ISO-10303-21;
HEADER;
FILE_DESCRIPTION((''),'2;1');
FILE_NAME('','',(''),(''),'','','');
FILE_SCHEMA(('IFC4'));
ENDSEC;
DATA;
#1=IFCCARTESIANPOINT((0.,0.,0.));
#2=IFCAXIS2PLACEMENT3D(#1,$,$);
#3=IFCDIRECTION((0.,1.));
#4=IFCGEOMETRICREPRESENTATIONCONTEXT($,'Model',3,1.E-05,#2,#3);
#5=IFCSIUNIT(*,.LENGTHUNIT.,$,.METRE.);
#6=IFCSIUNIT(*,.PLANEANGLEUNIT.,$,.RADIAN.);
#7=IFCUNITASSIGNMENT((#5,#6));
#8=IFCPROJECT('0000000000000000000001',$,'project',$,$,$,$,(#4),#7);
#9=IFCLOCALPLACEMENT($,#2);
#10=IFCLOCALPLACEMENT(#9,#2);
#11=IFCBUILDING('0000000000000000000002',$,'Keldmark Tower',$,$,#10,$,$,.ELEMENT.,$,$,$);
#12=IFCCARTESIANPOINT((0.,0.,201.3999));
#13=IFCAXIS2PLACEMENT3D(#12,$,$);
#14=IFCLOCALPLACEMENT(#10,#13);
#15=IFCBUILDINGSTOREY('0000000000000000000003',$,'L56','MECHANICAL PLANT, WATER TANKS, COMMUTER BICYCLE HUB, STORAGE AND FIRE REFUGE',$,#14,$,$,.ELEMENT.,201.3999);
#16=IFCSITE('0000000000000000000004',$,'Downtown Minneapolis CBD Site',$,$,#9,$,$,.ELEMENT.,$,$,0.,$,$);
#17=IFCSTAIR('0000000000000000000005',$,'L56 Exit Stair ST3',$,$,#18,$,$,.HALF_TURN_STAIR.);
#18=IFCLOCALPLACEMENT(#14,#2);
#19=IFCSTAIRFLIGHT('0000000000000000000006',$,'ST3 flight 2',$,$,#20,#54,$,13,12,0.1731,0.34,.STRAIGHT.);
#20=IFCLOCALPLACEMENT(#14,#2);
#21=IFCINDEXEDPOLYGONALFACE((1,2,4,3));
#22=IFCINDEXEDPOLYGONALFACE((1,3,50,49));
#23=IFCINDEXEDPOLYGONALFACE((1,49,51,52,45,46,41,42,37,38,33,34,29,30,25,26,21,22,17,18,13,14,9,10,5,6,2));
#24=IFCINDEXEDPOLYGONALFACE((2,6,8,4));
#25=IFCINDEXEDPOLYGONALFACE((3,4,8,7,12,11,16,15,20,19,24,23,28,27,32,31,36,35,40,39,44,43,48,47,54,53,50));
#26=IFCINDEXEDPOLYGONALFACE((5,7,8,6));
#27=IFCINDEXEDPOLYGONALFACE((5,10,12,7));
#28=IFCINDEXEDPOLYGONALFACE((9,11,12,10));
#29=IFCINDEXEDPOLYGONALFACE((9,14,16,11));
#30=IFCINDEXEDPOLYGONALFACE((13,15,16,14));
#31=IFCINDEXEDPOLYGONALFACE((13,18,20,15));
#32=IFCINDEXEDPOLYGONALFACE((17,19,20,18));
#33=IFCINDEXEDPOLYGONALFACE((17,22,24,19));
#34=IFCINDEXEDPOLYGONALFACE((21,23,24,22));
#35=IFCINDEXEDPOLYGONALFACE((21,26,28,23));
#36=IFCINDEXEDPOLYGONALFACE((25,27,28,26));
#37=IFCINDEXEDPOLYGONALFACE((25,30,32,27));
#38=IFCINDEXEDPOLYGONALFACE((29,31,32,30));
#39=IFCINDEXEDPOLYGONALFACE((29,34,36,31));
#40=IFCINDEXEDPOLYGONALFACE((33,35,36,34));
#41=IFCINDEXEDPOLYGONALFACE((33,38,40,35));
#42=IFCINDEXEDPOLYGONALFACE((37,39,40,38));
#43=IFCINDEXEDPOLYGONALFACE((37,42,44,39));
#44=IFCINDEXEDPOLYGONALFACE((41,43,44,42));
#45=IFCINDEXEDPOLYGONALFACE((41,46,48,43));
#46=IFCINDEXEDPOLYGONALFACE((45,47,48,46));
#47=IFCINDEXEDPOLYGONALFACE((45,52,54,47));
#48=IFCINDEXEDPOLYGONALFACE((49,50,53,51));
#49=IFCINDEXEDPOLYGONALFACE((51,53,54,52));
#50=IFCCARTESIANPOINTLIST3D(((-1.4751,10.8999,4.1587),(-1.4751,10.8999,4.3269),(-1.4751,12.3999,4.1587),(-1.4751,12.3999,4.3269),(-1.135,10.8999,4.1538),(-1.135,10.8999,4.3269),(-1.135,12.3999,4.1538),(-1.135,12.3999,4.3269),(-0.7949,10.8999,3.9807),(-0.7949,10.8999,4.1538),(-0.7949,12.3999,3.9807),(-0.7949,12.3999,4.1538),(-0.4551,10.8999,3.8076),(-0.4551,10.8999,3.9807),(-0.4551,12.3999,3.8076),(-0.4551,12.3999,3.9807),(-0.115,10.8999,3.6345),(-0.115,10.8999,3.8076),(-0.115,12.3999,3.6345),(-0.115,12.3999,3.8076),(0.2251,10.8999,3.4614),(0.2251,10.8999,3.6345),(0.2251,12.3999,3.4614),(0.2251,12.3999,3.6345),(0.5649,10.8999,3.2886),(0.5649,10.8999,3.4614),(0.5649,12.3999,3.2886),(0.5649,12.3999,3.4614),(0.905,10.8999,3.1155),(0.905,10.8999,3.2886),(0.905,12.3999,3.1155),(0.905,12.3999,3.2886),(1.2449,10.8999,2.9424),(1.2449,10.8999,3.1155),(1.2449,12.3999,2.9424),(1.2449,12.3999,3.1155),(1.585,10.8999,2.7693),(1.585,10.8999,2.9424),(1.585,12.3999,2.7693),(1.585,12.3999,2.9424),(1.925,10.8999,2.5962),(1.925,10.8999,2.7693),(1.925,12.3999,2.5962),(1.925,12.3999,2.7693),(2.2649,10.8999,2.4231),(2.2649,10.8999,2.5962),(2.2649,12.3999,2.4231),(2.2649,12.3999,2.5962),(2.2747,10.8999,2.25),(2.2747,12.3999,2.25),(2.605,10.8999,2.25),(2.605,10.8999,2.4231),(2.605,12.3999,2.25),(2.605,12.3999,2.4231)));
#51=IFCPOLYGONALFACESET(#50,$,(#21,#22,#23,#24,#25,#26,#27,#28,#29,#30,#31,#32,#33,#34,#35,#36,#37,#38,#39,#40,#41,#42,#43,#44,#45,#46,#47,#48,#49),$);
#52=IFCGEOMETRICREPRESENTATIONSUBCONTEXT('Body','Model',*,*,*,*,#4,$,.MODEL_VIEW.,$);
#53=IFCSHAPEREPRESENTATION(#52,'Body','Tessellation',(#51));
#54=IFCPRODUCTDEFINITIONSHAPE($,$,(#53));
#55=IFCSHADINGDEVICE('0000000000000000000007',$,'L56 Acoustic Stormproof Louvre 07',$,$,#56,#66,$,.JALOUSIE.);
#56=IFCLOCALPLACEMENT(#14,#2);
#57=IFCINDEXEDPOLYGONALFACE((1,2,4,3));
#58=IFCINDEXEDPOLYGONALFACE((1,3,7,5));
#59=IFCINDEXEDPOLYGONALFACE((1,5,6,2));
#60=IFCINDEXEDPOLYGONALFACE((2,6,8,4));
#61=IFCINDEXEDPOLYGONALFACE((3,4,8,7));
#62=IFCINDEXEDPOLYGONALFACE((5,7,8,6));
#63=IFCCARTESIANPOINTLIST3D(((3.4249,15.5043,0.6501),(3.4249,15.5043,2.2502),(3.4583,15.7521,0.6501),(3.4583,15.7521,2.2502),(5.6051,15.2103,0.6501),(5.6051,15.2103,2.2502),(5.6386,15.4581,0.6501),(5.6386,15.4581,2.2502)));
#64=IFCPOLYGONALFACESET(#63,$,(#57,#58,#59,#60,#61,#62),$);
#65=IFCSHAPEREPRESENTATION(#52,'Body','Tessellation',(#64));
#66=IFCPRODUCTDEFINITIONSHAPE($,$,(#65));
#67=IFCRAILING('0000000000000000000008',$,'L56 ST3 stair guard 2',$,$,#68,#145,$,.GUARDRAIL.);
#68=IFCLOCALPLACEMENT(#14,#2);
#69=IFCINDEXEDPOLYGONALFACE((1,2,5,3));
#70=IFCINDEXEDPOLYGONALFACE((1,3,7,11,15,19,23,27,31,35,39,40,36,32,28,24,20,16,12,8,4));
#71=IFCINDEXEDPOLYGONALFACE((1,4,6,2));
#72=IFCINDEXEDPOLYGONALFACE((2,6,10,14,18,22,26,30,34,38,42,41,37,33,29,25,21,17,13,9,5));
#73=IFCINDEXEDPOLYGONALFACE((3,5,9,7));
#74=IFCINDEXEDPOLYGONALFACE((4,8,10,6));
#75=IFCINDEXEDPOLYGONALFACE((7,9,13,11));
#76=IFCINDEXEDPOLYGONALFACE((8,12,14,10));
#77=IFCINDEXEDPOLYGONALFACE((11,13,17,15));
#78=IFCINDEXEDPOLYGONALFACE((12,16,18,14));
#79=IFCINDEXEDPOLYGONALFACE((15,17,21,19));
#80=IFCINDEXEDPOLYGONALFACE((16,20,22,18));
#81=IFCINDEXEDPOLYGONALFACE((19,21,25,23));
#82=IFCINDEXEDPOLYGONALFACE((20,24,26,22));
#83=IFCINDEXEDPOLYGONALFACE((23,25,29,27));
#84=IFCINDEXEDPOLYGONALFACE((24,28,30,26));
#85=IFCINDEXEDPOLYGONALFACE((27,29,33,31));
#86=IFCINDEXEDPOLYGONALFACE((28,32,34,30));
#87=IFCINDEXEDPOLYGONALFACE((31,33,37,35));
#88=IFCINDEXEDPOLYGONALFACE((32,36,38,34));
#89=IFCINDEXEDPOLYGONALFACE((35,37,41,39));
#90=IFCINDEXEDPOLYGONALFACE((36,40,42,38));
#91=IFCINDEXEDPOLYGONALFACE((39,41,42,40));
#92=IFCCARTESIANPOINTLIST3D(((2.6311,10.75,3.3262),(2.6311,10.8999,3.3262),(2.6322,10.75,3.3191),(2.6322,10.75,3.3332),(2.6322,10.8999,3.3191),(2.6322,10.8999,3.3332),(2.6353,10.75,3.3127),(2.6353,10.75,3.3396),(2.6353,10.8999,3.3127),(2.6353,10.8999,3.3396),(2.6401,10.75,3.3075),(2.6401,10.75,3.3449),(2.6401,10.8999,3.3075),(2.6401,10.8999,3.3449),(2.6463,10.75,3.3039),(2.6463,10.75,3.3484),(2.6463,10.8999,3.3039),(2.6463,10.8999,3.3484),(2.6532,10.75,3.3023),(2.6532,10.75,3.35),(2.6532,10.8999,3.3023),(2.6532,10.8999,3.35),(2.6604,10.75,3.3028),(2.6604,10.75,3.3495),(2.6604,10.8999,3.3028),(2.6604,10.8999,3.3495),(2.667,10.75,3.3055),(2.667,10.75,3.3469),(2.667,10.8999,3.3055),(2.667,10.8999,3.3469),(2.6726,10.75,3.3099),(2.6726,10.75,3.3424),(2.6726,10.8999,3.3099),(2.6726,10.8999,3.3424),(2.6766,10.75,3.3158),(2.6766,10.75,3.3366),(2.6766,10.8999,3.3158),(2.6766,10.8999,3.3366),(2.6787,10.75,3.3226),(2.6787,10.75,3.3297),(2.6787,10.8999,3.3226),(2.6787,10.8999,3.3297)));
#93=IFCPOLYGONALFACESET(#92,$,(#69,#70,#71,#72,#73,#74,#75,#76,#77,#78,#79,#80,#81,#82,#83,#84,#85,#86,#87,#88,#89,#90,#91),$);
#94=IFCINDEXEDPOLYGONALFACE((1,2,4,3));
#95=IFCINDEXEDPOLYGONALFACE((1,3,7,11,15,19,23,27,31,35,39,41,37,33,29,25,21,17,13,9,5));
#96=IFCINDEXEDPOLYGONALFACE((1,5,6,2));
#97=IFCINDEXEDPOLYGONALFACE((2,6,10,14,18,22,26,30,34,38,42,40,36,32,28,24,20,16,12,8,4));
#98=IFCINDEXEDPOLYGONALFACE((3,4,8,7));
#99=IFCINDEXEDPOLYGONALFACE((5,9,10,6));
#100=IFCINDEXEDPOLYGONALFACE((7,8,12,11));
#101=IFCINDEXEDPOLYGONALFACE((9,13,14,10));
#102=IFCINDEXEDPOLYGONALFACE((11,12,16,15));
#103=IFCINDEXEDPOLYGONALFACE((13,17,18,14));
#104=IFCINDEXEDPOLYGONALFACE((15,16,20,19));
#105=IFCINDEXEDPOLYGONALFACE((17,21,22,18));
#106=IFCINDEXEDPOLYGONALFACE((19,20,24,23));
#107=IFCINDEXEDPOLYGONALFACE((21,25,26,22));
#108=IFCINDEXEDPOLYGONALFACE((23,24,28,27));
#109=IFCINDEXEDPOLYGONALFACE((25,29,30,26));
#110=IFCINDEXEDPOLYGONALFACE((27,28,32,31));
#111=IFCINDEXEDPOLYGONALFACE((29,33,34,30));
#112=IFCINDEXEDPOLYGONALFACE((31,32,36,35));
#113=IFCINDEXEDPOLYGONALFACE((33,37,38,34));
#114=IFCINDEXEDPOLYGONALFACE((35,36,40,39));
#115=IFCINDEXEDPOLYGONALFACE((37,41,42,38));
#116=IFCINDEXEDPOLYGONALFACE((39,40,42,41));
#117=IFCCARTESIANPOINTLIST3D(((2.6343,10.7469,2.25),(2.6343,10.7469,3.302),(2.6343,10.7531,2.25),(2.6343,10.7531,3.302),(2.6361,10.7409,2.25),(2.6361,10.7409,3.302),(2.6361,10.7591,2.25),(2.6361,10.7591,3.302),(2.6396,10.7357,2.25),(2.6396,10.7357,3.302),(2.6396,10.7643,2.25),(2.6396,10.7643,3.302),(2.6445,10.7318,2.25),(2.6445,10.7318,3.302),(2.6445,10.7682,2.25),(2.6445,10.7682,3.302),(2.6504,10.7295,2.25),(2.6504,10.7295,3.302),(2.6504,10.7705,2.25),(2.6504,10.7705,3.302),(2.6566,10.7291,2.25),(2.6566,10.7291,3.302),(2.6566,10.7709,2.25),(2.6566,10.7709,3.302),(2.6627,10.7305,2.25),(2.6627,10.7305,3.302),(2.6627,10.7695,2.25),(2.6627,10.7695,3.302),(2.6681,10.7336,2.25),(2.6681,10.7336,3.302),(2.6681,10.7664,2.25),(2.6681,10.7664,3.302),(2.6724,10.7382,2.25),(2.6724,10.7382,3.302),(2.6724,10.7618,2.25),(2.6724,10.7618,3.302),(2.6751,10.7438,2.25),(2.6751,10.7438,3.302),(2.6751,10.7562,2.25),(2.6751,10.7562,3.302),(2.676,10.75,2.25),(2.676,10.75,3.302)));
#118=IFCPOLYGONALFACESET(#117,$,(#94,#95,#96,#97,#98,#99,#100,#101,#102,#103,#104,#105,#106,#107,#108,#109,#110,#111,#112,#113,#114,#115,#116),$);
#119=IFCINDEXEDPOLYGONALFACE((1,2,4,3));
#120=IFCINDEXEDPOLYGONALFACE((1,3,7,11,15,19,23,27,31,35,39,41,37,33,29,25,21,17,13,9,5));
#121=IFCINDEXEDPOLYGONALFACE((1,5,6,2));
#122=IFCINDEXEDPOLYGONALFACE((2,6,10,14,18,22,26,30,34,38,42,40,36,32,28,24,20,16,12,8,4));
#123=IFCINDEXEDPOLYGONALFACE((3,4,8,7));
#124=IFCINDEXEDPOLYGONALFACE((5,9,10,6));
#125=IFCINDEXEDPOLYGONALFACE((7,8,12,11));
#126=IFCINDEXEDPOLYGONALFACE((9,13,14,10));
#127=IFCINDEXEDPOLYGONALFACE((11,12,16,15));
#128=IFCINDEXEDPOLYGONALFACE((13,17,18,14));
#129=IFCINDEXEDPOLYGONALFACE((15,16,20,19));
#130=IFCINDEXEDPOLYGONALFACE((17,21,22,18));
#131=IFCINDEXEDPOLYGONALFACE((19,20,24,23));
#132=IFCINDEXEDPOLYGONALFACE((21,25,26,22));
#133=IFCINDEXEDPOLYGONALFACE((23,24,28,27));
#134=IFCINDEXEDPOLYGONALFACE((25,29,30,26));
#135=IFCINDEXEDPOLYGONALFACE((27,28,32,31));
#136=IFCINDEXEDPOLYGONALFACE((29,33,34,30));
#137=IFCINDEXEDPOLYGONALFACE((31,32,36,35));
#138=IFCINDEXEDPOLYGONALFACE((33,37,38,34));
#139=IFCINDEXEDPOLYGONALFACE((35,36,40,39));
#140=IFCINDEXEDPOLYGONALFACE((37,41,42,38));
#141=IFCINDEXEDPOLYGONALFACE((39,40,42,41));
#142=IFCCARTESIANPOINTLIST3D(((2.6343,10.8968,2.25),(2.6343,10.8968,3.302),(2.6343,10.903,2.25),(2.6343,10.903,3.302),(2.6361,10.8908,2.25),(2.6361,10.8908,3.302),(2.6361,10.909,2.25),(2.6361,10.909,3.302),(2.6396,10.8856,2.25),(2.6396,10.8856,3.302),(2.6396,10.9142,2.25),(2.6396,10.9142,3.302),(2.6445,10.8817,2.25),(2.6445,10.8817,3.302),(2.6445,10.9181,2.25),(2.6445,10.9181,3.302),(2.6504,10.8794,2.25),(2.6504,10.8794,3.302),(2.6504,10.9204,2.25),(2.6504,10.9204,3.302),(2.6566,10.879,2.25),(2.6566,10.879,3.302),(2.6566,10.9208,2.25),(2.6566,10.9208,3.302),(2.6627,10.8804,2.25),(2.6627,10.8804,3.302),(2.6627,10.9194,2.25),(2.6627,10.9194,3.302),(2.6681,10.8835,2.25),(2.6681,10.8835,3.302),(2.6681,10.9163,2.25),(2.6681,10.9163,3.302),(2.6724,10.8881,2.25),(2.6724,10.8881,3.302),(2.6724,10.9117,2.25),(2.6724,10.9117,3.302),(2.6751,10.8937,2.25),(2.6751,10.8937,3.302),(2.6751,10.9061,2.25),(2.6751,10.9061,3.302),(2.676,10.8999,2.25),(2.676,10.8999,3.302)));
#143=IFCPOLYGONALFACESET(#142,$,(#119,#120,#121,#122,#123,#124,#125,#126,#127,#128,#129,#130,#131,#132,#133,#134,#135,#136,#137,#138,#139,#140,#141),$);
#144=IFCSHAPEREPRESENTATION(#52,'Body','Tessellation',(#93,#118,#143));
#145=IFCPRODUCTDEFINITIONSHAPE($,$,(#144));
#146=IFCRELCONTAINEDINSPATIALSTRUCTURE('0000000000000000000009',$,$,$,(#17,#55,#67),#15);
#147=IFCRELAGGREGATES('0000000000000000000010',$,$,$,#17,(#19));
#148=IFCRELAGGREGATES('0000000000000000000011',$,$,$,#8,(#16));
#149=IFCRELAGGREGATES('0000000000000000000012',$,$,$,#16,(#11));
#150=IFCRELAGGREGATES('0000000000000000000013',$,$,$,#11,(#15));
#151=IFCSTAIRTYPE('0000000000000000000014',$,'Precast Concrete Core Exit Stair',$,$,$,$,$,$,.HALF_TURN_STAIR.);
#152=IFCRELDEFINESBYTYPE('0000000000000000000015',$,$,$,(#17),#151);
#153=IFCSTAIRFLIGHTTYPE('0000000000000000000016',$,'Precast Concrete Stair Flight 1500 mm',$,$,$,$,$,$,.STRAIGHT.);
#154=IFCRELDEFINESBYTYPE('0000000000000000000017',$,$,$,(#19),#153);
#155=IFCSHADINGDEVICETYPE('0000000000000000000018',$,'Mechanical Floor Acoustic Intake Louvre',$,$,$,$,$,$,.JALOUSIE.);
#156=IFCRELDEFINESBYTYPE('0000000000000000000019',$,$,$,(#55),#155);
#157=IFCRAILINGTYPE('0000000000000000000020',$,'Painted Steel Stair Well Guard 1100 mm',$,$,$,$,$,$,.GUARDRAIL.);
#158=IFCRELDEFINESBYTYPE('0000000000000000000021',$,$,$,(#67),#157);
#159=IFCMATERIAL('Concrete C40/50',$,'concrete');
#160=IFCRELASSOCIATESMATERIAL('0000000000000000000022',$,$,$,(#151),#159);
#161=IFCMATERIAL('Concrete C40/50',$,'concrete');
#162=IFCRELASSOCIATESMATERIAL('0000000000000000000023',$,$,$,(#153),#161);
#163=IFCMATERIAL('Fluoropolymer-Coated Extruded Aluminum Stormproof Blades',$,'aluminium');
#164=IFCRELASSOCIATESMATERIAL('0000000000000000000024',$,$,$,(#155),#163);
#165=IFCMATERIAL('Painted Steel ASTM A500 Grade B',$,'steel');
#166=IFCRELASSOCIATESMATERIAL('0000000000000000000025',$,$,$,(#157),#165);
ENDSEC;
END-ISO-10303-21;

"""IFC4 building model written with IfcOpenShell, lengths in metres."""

from ifc_helpers import new_model, si_unit, direction, frame, origin, origin_2d, place, context, subcontext, project, spatial, polyline, rectangle, circle, outline, extrude, material, type_object, element, aggregate, save


model = new_model("IFC4")

# Units and contexts
model_context = context("Model", 3, precision=1e-05, world=origin(), true_north=direction((0.0, 1.0)))
body_context = subcontext(model_context, "Body", "Model", "MODEL_VIEW")
ifc_project = project(units=[si_unit("LENGTHUNIT", "METRE"), si_unit("PLANEANGLEUNIT", "RADIAN")], contexts=[model_context])

# Site, building, storey
site_placement = place(None, origin())
site = spatial("IfcSite", under=ifc_project, at=site_placement, Name="Downtown Minneapolis CBD Site", CompositionType="ELEMENT", RefElevation=0.0)
building_placement = place(site_placement, origin())
building = spatial("IfcBuilding", under=site, at=building_placement, Name="Keldmark Tower", CompositionType="ELEMENT")
storey_placement = place(building_placement, frame((0.0, 0.0, 201.3999)))
storey = spatial("IfcBuildingStorey", under=building, at=storey_placement, Name="L56", Description="MECHANICAL PLANT, WATER TANKS, COMMUTER BICYCLE HUB, STORAGE AND FIRE REFUGE", CompositionType="ELEMENT", Elevation=201.3999)

# Stair, stair flight
ifc_material_1 = material(Name="Concrete C40/50", Category="concrete")
stair_type = type_object("IfcStairType", Name="Precast Concrete Core Exit Stair", PredefinedType="HALF_TURN_STAIR", material=ifc_material_1)
stair_placement = place(storey_placement, origin())
stair = element("IfcStair", 1, at=stair_placement, inside=storey, type_object=stair_type, Name="L56 Exit Stair ST3", PredefinedType="HALF_TURN_STAIR")
ifc_material_2 = material(Name="Concrete C40/50", Category="concrete")
stair_flight_type = type_object("IfcStairFlightType", Name="Precast Concrete Stair Flight 1500 mm", PredefinedType="STRAIGHT", material=ifc_material_2)
stair_flight_placement = place(storey_placement, frame((2.605, 11.6499, 2.25), z_axis=(0.0, 0.0, 1.0), x_axis=(-1.0, 0.0, 0.0)))
stair_flight = element("IfcStairFlight", 2, at=stair_flight_placement, type_object=stair_flight_type, Name="ST3 flight 2", NumberOfRisers=13, NumberOfTreads=12, PredefinedType="STRAIGHT", RiserHeight=0.1731, TreadLength=0.34, context=body_context, shape_type="SweptSolid", body=[
    extrude(outline(polyline([(0.0, 0.0), (0.0, 0.1731), (0.3401, 0.1731), (0.3401, 0.3462), (0.6799, 0.3462), (0.6799, 0.5193), (1.02, 0.5193), (1.02, 0.6924), (1.3601, 0.6924), (1.3601, 0.8655), (1.7, 0.8655), (1.7, 1.0386), (2.04, 1.0386), (2.04, 1.2114), (2.3799, 1.2114), (2.3799, 1.3845), (2.72, 1.3845), (2.72, 1.5576), (3.0601, 1.5576), (3.0601, 1.7307), (3.3999, 1.7307), (3.3999, 1.9038), (3.74, 1.9038), (3.74, 2.0769), (4.0801, 2.0769), (4.0801, 2.25), (4.0801, 1.9087), (0.3303, 0.0), (0.0, 0.0)])), frame((0.0, 0.75, 0.0), z_axis=(0.0, -1.0, 0.0), x_axis=(1.0, 0.0, 0.0)), (0.0, 0.0, 1.0), 1.5),
])
aggregate(stair, [stair_flight])

# Shading device
ifc_material_3 = material(Name="Fluoropolymer-Coated Extruded Aluminum Stormproof Blades", Category="aluminium")
shading_device_type = type_object("IfcShadingDeviceType", Name="Mechanical Floor Acoustic Intake Louvre", PredefinedType="JALOUSIE", material=ifc_material_3)
shading_device_placement = place(storey_placement, frame((4.5317, 15.4812, 0.6501), z_axis=(0.0, 0.0, 1.0), x_axis=(-0.991028, 0.133658, 0.0)))
element("IfcShadingDevice", 3, at=shading_device_placement, inside=storey, type_object=shading_device_type, Name="L56 Acoustic Stormproof Louvre 07", PredefinedType="JALOUSIE", context=body_context, shape_type="SweptSolid", body=[
    extrude(rectangle(XDim=2.2, YDim=0.25, at=origin_2d()), origin(), (0.0, 0.0, 1.0), 1.6001),
])

# Railing
ifc_material_4 = material(Name="Painted Steel ASTM A500 Grade B", Category="steel")
railing_type_1 = type_object("IfcRailingType", Name="Painted Steel Stair Well Guard 1100 mm", PredefinedType="GUARDRAIL", material=ifc_material_4)
railing_1_placement = place(storey_placement, frame((2.655, 10.75, 2.25)))
element("IfcRailing", 4, at=railing_1_placement, inside=storey, type_object=railing_type_1, Name="L56 ST3 stair guard 2", PredefinedType="GUARDRAIL", context=body_context, shape_type="SweptSolid", body=[
    extrude(circle(Radius=0.0239, at=origin_2d()), frame((0.0, 0.0, 1.0762), z_axis=(0.0, 1.0, 0.0), x_axis=(-1.0, 0.0, 0.0)), (0.0, 0.0, 1.0), 0.1499),
    extrude(circle(Radius=0.021, at=origin_2d()), origin(), (0.0, 0.0, 1.0), 1.052),
    extrude(circle(Radius=0.021, at=origin_2d()), frame((0.0, 0.1499, 0.0)), (0.0, 0.0, 1.0), 1.052),
])

save(model, "model.ifc")
